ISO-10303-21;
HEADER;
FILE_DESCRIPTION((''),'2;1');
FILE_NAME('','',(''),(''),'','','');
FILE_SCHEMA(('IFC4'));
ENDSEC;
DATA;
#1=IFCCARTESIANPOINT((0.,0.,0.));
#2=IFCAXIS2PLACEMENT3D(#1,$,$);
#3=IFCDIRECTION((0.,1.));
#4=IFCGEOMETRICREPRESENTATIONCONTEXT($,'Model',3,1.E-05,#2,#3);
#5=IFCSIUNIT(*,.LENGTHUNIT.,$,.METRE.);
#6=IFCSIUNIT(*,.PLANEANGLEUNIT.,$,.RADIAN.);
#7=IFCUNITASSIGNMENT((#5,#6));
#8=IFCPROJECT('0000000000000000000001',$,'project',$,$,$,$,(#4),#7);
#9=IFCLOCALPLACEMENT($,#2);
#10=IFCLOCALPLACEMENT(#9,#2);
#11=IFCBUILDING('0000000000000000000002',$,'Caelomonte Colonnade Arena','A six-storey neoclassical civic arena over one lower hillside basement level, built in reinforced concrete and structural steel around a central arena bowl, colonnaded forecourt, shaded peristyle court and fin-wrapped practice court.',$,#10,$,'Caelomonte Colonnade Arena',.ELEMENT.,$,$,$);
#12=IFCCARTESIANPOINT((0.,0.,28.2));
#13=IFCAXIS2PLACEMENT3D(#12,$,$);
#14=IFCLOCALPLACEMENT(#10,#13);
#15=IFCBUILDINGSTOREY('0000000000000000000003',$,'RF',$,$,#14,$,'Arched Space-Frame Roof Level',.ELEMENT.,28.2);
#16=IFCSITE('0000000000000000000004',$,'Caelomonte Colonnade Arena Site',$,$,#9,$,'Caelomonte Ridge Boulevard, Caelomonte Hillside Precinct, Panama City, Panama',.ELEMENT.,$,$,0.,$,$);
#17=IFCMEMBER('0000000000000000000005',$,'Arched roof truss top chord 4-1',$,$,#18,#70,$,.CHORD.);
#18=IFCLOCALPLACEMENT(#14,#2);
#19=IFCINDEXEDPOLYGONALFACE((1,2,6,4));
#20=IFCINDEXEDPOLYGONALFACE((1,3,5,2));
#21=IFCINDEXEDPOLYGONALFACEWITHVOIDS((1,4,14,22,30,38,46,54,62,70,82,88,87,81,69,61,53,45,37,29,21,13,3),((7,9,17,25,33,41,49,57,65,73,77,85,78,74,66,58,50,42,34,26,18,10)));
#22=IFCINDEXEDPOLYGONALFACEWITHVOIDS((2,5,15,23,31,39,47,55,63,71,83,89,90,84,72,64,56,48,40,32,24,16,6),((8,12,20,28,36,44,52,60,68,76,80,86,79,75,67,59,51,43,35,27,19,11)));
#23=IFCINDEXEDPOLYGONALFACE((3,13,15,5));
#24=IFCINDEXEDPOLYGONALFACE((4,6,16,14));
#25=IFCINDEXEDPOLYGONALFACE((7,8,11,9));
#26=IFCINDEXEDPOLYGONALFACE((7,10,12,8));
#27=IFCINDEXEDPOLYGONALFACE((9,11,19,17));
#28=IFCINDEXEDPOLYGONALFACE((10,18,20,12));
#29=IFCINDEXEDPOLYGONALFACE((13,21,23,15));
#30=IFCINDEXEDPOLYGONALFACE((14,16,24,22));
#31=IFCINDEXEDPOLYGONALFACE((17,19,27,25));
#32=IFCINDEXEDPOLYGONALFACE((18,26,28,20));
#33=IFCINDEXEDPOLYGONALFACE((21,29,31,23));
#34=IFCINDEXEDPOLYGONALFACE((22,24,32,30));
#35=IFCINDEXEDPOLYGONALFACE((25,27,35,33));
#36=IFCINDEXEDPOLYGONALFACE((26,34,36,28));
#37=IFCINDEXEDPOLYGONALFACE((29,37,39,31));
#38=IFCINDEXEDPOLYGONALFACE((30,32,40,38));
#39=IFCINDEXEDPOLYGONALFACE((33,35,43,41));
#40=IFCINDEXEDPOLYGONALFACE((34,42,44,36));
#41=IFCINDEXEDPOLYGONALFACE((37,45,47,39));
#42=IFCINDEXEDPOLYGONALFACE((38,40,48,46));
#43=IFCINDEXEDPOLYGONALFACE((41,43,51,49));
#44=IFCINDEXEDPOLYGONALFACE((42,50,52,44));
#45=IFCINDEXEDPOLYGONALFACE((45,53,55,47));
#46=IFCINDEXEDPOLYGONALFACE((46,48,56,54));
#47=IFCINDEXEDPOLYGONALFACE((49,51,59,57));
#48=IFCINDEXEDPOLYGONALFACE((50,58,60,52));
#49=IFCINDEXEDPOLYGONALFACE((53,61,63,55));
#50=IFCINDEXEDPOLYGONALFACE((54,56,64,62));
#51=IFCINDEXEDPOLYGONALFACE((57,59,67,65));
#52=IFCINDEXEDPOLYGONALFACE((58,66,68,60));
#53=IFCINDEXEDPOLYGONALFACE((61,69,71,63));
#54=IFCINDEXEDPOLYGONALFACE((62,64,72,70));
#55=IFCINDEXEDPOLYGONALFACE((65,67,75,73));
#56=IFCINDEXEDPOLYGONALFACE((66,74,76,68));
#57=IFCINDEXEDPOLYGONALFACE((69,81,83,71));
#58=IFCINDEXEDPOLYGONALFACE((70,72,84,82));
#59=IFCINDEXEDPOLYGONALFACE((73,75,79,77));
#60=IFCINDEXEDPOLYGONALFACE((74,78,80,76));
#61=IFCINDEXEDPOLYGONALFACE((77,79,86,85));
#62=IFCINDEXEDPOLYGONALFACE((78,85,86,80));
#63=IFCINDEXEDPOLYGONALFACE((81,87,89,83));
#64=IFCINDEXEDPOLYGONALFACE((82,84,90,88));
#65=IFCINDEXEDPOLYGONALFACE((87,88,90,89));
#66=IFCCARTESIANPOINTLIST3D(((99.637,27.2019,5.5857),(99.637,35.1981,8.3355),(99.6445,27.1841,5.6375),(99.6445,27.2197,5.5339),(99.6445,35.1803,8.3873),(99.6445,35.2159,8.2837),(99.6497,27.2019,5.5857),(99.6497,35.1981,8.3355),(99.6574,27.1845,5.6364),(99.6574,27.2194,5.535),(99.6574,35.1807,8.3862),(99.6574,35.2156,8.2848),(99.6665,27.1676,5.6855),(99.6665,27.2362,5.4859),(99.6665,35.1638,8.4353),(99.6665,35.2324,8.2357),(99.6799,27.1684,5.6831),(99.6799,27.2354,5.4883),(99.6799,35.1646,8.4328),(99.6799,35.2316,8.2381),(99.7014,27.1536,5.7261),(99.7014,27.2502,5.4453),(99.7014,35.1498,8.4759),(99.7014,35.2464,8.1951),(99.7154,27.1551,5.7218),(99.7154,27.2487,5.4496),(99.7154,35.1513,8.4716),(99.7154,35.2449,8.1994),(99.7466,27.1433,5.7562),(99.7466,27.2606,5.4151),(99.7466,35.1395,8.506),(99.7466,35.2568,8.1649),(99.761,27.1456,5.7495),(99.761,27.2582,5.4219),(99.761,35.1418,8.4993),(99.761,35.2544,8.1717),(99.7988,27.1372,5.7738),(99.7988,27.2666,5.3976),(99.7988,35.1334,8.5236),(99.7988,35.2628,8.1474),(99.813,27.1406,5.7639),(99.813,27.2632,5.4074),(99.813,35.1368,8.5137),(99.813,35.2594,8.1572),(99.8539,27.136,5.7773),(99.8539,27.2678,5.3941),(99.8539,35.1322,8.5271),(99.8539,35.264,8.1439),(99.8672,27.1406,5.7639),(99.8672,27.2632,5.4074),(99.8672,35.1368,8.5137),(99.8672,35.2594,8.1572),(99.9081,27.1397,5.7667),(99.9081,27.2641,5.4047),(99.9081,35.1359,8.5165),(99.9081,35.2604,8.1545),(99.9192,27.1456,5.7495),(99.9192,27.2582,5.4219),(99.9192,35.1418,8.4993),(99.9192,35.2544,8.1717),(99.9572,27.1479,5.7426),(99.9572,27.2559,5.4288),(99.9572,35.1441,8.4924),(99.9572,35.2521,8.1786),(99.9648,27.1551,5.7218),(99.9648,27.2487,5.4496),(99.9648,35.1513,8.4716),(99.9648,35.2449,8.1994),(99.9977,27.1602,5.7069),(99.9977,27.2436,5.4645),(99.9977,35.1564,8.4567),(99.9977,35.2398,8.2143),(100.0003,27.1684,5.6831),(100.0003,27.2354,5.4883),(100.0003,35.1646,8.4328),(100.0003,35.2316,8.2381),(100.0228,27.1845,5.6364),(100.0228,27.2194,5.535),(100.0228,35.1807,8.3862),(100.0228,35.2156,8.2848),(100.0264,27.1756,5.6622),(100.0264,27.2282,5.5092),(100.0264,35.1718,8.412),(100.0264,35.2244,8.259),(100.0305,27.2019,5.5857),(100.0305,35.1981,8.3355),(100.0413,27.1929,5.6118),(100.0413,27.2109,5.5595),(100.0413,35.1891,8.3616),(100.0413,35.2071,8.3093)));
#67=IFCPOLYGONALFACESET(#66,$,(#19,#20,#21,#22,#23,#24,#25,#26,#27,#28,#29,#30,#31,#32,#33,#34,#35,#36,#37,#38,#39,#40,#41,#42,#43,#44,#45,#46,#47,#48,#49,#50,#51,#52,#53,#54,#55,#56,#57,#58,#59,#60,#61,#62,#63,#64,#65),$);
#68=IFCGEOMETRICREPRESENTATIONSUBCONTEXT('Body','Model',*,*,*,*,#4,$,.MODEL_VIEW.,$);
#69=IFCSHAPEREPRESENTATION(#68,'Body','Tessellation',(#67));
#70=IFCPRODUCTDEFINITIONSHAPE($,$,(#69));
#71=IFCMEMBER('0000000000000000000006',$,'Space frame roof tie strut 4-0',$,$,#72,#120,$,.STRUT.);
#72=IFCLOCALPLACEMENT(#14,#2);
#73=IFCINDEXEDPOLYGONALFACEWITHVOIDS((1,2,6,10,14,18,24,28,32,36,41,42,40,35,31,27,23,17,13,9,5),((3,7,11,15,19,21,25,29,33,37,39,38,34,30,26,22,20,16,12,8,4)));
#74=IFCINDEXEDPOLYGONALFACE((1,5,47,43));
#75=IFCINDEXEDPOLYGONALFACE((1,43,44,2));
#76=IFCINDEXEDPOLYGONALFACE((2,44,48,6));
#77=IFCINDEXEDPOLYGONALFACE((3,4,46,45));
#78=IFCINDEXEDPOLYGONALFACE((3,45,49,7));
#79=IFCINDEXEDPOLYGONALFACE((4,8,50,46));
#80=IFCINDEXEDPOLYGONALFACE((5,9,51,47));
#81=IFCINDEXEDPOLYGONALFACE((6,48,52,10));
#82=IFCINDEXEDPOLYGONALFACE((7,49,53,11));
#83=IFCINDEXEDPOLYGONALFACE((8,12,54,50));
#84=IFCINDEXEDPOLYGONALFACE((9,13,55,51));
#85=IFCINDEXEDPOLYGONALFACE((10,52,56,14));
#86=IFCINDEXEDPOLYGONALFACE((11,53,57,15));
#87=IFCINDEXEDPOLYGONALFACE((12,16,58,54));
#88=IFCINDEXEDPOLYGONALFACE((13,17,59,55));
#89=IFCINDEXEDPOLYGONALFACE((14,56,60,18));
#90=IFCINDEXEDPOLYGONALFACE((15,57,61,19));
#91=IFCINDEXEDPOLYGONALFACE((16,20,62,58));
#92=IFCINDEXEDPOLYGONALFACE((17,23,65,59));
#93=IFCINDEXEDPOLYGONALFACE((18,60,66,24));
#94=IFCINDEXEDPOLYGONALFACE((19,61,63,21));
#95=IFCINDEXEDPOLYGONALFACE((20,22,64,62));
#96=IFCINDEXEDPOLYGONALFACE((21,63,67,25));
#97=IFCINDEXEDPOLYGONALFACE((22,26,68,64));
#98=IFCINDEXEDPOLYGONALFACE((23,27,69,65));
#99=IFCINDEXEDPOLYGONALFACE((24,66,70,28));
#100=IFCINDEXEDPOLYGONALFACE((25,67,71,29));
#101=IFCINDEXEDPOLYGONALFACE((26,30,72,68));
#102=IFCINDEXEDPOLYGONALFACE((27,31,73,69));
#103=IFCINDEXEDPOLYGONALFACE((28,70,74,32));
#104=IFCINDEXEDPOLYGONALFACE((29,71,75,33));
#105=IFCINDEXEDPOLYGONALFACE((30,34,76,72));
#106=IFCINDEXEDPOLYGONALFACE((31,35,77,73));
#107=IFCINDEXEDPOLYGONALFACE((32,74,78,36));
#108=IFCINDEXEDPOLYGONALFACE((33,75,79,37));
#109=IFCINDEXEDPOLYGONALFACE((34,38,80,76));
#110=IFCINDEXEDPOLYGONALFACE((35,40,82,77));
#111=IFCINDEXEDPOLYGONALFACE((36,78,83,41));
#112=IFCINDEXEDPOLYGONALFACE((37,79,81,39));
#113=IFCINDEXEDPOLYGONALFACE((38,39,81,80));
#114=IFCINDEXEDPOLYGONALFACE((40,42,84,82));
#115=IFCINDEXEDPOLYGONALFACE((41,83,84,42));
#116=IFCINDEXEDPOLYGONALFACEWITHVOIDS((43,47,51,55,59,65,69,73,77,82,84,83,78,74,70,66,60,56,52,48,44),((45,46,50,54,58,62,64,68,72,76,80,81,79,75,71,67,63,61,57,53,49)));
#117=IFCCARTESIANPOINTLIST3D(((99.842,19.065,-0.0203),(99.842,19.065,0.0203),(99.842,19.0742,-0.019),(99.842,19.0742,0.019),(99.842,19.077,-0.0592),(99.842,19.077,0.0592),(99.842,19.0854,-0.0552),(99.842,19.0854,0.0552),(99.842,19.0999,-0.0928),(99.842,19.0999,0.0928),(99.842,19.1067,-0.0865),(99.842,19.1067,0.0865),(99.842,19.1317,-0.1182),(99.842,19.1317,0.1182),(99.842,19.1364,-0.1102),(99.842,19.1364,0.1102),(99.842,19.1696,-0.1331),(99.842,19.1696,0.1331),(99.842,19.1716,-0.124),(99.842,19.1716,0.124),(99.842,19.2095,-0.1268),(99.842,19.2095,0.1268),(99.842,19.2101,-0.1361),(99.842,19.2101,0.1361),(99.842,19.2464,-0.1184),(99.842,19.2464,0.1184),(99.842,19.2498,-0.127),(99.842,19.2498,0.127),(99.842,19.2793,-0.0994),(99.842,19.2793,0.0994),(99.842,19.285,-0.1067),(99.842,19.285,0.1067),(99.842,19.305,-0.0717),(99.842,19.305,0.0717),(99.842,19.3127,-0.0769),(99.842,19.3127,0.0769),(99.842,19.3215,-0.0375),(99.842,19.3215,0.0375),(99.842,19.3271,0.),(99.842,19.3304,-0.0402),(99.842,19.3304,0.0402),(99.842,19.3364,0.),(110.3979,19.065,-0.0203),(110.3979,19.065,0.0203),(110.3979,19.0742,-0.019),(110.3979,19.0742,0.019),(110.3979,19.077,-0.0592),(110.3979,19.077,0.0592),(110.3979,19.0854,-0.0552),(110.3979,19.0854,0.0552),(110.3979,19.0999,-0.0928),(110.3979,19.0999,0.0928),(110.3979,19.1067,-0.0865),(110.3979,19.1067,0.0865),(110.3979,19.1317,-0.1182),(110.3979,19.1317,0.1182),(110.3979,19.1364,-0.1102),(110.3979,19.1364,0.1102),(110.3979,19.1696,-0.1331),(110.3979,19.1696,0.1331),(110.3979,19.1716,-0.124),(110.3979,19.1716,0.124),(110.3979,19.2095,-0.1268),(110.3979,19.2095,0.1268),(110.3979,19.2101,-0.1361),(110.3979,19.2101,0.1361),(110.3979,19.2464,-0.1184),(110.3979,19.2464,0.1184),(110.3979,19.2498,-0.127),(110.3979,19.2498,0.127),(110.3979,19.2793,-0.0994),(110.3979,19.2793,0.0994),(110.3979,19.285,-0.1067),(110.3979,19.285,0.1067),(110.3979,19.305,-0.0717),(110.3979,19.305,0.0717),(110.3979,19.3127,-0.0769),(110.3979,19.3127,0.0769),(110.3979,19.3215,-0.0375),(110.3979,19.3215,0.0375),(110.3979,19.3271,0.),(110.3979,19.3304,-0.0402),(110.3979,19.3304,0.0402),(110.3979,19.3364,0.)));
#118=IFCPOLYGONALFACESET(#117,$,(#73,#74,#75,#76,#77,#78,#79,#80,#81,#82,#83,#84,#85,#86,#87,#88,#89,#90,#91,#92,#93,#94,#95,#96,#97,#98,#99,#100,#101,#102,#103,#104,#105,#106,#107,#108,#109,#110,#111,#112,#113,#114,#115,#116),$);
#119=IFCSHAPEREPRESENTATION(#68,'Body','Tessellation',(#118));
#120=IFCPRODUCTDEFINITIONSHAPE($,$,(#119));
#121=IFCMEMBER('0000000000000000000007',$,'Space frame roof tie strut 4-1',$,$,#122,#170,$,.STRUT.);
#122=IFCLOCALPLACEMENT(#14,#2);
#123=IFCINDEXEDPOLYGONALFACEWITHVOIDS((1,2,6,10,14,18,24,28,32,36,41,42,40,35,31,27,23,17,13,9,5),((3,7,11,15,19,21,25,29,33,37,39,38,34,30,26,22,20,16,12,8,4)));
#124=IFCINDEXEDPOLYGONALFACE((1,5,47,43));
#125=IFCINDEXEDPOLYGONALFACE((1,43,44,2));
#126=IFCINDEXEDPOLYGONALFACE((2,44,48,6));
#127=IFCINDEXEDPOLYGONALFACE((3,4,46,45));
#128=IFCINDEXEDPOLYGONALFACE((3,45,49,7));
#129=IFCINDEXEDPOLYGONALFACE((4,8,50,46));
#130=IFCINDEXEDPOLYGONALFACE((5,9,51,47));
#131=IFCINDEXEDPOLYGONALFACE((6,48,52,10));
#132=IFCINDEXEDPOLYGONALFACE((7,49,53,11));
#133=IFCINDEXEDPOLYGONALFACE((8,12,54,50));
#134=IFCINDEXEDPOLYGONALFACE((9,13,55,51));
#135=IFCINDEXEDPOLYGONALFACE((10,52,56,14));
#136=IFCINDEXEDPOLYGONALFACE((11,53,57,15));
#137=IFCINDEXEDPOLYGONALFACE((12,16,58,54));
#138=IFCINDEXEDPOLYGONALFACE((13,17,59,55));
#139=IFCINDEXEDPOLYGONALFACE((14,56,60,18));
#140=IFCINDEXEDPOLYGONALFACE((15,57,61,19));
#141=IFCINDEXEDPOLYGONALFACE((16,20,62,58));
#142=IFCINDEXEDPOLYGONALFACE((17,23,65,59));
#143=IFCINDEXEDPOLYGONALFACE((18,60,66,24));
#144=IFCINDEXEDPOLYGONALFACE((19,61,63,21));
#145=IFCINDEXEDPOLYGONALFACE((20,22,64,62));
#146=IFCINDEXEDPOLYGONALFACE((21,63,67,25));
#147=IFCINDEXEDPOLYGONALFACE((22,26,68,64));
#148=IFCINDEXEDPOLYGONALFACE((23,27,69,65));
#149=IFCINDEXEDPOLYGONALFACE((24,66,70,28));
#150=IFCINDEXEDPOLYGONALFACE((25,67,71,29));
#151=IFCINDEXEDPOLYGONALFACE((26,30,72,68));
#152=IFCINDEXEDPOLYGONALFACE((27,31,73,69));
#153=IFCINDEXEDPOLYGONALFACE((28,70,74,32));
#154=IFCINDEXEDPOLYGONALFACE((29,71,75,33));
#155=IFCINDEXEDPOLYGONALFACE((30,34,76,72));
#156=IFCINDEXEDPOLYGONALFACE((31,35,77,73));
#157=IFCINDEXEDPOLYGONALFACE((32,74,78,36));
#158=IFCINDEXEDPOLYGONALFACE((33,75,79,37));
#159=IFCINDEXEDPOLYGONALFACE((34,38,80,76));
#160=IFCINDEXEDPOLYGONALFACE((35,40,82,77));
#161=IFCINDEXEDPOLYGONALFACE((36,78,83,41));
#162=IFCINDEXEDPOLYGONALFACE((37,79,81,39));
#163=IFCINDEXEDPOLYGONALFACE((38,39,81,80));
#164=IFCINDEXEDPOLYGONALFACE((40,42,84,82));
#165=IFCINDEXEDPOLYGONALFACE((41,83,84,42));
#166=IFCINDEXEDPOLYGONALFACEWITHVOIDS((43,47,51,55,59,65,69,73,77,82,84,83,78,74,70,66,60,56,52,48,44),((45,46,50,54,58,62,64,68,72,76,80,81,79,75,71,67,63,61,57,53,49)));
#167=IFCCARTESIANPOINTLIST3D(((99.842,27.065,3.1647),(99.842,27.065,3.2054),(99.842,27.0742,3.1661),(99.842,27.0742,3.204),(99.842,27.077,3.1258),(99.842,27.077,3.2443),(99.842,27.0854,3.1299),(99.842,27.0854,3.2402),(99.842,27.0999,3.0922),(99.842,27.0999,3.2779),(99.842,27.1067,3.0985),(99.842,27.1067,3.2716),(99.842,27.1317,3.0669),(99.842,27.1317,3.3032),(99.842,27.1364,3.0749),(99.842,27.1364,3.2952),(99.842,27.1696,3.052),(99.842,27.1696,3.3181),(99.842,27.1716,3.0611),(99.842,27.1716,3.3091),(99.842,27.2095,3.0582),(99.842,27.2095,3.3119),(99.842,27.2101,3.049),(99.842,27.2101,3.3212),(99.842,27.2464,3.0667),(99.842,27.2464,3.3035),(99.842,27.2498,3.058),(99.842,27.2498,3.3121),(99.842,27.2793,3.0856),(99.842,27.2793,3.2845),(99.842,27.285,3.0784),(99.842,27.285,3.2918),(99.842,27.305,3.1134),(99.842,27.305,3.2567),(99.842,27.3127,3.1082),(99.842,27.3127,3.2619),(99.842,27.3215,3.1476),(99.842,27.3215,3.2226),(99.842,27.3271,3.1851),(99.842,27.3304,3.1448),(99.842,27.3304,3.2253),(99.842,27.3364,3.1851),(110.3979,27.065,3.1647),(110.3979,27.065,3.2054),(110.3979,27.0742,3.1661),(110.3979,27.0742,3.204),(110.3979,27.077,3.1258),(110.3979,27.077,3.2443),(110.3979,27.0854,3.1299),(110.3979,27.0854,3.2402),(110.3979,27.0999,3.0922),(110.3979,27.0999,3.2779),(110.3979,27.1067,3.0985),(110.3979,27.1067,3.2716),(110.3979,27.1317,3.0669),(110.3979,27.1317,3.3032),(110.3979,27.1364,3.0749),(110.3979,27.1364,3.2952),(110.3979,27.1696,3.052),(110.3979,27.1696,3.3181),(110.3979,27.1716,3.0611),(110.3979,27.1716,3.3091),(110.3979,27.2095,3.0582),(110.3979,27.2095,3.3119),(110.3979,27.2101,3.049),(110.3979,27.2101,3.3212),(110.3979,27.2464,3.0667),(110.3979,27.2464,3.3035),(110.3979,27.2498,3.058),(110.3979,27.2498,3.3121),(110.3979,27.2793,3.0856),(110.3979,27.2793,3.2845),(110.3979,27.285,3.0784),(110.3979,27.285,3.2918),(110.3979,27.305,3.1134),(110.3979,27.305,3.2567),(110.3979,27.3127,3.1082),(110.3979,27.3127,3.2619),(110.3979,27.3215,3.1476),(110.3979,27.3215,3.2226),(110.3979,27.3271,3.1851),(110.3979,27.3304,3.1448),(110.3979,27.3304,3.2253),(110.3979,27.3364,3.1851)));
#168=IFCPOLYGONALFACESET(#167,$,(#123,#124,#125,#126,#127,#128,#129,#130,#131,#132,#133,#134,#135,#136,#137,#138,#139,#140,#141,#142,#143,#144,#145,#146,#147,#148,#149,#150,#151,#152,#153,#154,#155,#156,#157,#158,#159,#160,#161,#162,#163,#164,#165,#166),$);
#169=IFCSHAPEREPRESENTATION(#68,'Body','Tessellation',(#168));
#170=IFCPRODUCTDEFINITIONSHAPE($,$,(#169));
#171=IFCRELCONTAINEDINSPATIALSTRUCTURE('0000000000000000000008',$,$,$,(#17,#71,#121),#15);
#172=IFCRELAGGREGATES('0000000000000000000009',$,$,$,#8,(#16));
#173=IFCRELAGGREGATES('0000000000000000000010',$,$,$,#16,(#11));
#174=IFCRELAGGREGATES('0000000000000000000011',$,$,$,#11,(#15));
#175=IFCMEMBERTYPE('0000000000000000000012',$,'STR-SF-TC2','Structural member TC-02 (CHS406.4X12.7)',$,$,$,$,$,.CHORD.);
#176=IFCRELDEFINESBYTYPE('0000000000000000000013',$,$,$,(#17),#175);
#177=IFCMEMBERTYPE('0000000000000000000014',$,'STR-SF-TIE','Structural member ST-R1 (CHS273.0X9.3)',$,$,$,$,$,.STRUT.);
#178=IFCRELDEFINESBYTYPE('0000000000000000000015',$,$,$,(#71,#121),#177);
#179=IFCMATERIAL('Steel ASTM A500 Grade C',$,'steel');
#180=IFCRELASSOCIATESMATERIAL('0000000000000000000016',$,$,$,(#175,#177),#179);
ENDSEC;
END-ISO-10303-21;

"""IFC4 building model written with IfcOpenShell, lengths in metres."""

from ifc_helpers import new_model, si_unit, direction, frame, origin, origin_2d, place, context, subcontext, project, spatial, hollow_circle, extrude, material, material_profile, profile_set, type_object, element, save


model = new_model("IFC4")

# Units and contexts
model_context = context("Model", 3, precision=1e-05, world=origin(), true_north=direction((0.0, 1.0)))
body_context = subcontext(model_context, "Body", "Model", "MODEL_VIEW")
ifc_project = project(units=[si_unit("LENGTHUNIT", "METRE"), si_unit("PLANEANGLEUNIT", "RADIAN")], contexts=[model_context])

# Site, building, storey
site_placement = place(None, origin())
site = spatial("IfcSite", under=ifc_project, at=site_placement, Name="Caelomonte Colonnade Arena Site", LongName="Caelomonte Ridge Boulevard, Caelomonte Hillside Precinct, Panama City, Panama", CompositionType="ELEMENT", RefElevation=0.0)
building_placement = place(site_placement, origin())
building = spatial("IfcBuilding", under=site, at=building_placement, Name="Caelomonte Colonnade Arena", Description="A six-storey neoclassical civic arena over one lower hillside basement level, built in reinforced concrete and structural steel around a central arena bowl, colonnaded forecourt, shaded peristyle court and fin-wrapped practice court.", LongName="Caelomonte Colonnade Arena", CompositionType="ELEMENT")
storey_placement = place(building_placement, frame((0.0, 0.0, 28.2)))
storey = spatial("IfcBuildingStorey", under=building, at=storey_placement, Name="RF", LongName="Arched Space-Frame Roof Level", CompositionType="ELEMENT", Elevation=28.2)

# Members
ifc_material_1 = material(Name="Steel ASTM A500 Grade C", Category="steel")
ifc_material_profile_1 = material_profile(ifc_material_1, hollow_circle(Radius=0.2031, WallThickness=0.0127, at=origin_2d()), Name="CHS406.4X12.7")
ifc_profile_set_1 = profile_set([ifc_material_profile_1], Name="Steel ASTM A500 Grade C")
member_type_1 = type_object("IfcMemberType", Name="STR-SF-TC2", Description="Structural member TC-02 (CHS406.4X12.7)", PredefinedType="CHORD", material=ifc_profile_set_1)
member_1_placement = place(storey_placement, frame((99.8401, 27.2019, 5.5857), z_axis=(0.0, 0.945647, 0.325196), x_axis=(-1.0, 0.0, 0.0)))
element("IfcMember", 1, at=member_1_placement, inside=storey, type_object=member_type_1, Name="Arched roof truss top chord 4-1", PredefinedType="CHORD", context=body_context, shape_type="SweptSolid", body=[
    extrude(hollow_circle(Radius=0.2031, WallThickness=0.0127, at=origin_2d()), origin(), (0.0, 0.0, 1.0), 8.4558),
])
ifc_material_profile_2 = material_profile(ifc_material_1, hollow_circle(Radius=0.1365, WallThickness=0.0093, at=origin_2d()), Name="CHS273.0X9.3")
ifc_profile_set_2 = profile_set([ifc_material_profile_2], Name="Steel ASTM A500 Grade C")
member_type_2 = type_object("IfcMemberType", Name="STR-SF-TIE", Description="Structural member ST-R1 (CHS273.0X9.3)", PredefinedType="STRUT", material=ifc_profile_set_2)
for number, where, z_axis, x_axis, name in (
    (2, (99.842, 19.2, 0.0), (1.0, 0.0, 0.0), (0.0, 1.0, 0.0), "Space frame roof tie strut 4-0"),
    (3, (99.842, 27.2, 3.1851), (1.0, 0.0, 0.0), (0.0, 1.0, 0.0), "Space frame roof tie strut 4-1"),
):
    element("IfcMember", number, at=place(storey_placement, frame(where, z_axis=z_axis, x_axis=x_axis)), inside=storey, type_object=member_type_2, Name=name, PredefinedType="STRUT", context=body_context, shape_type="SweptSolid", body=[
        extrude(hollow_circle(Radius=0.1365, WallThickness=0.0093, at=origin_2d()), origin(), (0.0, 0.0, 1.0), 10.5559),
    ])

save(model, "model.ifc")
